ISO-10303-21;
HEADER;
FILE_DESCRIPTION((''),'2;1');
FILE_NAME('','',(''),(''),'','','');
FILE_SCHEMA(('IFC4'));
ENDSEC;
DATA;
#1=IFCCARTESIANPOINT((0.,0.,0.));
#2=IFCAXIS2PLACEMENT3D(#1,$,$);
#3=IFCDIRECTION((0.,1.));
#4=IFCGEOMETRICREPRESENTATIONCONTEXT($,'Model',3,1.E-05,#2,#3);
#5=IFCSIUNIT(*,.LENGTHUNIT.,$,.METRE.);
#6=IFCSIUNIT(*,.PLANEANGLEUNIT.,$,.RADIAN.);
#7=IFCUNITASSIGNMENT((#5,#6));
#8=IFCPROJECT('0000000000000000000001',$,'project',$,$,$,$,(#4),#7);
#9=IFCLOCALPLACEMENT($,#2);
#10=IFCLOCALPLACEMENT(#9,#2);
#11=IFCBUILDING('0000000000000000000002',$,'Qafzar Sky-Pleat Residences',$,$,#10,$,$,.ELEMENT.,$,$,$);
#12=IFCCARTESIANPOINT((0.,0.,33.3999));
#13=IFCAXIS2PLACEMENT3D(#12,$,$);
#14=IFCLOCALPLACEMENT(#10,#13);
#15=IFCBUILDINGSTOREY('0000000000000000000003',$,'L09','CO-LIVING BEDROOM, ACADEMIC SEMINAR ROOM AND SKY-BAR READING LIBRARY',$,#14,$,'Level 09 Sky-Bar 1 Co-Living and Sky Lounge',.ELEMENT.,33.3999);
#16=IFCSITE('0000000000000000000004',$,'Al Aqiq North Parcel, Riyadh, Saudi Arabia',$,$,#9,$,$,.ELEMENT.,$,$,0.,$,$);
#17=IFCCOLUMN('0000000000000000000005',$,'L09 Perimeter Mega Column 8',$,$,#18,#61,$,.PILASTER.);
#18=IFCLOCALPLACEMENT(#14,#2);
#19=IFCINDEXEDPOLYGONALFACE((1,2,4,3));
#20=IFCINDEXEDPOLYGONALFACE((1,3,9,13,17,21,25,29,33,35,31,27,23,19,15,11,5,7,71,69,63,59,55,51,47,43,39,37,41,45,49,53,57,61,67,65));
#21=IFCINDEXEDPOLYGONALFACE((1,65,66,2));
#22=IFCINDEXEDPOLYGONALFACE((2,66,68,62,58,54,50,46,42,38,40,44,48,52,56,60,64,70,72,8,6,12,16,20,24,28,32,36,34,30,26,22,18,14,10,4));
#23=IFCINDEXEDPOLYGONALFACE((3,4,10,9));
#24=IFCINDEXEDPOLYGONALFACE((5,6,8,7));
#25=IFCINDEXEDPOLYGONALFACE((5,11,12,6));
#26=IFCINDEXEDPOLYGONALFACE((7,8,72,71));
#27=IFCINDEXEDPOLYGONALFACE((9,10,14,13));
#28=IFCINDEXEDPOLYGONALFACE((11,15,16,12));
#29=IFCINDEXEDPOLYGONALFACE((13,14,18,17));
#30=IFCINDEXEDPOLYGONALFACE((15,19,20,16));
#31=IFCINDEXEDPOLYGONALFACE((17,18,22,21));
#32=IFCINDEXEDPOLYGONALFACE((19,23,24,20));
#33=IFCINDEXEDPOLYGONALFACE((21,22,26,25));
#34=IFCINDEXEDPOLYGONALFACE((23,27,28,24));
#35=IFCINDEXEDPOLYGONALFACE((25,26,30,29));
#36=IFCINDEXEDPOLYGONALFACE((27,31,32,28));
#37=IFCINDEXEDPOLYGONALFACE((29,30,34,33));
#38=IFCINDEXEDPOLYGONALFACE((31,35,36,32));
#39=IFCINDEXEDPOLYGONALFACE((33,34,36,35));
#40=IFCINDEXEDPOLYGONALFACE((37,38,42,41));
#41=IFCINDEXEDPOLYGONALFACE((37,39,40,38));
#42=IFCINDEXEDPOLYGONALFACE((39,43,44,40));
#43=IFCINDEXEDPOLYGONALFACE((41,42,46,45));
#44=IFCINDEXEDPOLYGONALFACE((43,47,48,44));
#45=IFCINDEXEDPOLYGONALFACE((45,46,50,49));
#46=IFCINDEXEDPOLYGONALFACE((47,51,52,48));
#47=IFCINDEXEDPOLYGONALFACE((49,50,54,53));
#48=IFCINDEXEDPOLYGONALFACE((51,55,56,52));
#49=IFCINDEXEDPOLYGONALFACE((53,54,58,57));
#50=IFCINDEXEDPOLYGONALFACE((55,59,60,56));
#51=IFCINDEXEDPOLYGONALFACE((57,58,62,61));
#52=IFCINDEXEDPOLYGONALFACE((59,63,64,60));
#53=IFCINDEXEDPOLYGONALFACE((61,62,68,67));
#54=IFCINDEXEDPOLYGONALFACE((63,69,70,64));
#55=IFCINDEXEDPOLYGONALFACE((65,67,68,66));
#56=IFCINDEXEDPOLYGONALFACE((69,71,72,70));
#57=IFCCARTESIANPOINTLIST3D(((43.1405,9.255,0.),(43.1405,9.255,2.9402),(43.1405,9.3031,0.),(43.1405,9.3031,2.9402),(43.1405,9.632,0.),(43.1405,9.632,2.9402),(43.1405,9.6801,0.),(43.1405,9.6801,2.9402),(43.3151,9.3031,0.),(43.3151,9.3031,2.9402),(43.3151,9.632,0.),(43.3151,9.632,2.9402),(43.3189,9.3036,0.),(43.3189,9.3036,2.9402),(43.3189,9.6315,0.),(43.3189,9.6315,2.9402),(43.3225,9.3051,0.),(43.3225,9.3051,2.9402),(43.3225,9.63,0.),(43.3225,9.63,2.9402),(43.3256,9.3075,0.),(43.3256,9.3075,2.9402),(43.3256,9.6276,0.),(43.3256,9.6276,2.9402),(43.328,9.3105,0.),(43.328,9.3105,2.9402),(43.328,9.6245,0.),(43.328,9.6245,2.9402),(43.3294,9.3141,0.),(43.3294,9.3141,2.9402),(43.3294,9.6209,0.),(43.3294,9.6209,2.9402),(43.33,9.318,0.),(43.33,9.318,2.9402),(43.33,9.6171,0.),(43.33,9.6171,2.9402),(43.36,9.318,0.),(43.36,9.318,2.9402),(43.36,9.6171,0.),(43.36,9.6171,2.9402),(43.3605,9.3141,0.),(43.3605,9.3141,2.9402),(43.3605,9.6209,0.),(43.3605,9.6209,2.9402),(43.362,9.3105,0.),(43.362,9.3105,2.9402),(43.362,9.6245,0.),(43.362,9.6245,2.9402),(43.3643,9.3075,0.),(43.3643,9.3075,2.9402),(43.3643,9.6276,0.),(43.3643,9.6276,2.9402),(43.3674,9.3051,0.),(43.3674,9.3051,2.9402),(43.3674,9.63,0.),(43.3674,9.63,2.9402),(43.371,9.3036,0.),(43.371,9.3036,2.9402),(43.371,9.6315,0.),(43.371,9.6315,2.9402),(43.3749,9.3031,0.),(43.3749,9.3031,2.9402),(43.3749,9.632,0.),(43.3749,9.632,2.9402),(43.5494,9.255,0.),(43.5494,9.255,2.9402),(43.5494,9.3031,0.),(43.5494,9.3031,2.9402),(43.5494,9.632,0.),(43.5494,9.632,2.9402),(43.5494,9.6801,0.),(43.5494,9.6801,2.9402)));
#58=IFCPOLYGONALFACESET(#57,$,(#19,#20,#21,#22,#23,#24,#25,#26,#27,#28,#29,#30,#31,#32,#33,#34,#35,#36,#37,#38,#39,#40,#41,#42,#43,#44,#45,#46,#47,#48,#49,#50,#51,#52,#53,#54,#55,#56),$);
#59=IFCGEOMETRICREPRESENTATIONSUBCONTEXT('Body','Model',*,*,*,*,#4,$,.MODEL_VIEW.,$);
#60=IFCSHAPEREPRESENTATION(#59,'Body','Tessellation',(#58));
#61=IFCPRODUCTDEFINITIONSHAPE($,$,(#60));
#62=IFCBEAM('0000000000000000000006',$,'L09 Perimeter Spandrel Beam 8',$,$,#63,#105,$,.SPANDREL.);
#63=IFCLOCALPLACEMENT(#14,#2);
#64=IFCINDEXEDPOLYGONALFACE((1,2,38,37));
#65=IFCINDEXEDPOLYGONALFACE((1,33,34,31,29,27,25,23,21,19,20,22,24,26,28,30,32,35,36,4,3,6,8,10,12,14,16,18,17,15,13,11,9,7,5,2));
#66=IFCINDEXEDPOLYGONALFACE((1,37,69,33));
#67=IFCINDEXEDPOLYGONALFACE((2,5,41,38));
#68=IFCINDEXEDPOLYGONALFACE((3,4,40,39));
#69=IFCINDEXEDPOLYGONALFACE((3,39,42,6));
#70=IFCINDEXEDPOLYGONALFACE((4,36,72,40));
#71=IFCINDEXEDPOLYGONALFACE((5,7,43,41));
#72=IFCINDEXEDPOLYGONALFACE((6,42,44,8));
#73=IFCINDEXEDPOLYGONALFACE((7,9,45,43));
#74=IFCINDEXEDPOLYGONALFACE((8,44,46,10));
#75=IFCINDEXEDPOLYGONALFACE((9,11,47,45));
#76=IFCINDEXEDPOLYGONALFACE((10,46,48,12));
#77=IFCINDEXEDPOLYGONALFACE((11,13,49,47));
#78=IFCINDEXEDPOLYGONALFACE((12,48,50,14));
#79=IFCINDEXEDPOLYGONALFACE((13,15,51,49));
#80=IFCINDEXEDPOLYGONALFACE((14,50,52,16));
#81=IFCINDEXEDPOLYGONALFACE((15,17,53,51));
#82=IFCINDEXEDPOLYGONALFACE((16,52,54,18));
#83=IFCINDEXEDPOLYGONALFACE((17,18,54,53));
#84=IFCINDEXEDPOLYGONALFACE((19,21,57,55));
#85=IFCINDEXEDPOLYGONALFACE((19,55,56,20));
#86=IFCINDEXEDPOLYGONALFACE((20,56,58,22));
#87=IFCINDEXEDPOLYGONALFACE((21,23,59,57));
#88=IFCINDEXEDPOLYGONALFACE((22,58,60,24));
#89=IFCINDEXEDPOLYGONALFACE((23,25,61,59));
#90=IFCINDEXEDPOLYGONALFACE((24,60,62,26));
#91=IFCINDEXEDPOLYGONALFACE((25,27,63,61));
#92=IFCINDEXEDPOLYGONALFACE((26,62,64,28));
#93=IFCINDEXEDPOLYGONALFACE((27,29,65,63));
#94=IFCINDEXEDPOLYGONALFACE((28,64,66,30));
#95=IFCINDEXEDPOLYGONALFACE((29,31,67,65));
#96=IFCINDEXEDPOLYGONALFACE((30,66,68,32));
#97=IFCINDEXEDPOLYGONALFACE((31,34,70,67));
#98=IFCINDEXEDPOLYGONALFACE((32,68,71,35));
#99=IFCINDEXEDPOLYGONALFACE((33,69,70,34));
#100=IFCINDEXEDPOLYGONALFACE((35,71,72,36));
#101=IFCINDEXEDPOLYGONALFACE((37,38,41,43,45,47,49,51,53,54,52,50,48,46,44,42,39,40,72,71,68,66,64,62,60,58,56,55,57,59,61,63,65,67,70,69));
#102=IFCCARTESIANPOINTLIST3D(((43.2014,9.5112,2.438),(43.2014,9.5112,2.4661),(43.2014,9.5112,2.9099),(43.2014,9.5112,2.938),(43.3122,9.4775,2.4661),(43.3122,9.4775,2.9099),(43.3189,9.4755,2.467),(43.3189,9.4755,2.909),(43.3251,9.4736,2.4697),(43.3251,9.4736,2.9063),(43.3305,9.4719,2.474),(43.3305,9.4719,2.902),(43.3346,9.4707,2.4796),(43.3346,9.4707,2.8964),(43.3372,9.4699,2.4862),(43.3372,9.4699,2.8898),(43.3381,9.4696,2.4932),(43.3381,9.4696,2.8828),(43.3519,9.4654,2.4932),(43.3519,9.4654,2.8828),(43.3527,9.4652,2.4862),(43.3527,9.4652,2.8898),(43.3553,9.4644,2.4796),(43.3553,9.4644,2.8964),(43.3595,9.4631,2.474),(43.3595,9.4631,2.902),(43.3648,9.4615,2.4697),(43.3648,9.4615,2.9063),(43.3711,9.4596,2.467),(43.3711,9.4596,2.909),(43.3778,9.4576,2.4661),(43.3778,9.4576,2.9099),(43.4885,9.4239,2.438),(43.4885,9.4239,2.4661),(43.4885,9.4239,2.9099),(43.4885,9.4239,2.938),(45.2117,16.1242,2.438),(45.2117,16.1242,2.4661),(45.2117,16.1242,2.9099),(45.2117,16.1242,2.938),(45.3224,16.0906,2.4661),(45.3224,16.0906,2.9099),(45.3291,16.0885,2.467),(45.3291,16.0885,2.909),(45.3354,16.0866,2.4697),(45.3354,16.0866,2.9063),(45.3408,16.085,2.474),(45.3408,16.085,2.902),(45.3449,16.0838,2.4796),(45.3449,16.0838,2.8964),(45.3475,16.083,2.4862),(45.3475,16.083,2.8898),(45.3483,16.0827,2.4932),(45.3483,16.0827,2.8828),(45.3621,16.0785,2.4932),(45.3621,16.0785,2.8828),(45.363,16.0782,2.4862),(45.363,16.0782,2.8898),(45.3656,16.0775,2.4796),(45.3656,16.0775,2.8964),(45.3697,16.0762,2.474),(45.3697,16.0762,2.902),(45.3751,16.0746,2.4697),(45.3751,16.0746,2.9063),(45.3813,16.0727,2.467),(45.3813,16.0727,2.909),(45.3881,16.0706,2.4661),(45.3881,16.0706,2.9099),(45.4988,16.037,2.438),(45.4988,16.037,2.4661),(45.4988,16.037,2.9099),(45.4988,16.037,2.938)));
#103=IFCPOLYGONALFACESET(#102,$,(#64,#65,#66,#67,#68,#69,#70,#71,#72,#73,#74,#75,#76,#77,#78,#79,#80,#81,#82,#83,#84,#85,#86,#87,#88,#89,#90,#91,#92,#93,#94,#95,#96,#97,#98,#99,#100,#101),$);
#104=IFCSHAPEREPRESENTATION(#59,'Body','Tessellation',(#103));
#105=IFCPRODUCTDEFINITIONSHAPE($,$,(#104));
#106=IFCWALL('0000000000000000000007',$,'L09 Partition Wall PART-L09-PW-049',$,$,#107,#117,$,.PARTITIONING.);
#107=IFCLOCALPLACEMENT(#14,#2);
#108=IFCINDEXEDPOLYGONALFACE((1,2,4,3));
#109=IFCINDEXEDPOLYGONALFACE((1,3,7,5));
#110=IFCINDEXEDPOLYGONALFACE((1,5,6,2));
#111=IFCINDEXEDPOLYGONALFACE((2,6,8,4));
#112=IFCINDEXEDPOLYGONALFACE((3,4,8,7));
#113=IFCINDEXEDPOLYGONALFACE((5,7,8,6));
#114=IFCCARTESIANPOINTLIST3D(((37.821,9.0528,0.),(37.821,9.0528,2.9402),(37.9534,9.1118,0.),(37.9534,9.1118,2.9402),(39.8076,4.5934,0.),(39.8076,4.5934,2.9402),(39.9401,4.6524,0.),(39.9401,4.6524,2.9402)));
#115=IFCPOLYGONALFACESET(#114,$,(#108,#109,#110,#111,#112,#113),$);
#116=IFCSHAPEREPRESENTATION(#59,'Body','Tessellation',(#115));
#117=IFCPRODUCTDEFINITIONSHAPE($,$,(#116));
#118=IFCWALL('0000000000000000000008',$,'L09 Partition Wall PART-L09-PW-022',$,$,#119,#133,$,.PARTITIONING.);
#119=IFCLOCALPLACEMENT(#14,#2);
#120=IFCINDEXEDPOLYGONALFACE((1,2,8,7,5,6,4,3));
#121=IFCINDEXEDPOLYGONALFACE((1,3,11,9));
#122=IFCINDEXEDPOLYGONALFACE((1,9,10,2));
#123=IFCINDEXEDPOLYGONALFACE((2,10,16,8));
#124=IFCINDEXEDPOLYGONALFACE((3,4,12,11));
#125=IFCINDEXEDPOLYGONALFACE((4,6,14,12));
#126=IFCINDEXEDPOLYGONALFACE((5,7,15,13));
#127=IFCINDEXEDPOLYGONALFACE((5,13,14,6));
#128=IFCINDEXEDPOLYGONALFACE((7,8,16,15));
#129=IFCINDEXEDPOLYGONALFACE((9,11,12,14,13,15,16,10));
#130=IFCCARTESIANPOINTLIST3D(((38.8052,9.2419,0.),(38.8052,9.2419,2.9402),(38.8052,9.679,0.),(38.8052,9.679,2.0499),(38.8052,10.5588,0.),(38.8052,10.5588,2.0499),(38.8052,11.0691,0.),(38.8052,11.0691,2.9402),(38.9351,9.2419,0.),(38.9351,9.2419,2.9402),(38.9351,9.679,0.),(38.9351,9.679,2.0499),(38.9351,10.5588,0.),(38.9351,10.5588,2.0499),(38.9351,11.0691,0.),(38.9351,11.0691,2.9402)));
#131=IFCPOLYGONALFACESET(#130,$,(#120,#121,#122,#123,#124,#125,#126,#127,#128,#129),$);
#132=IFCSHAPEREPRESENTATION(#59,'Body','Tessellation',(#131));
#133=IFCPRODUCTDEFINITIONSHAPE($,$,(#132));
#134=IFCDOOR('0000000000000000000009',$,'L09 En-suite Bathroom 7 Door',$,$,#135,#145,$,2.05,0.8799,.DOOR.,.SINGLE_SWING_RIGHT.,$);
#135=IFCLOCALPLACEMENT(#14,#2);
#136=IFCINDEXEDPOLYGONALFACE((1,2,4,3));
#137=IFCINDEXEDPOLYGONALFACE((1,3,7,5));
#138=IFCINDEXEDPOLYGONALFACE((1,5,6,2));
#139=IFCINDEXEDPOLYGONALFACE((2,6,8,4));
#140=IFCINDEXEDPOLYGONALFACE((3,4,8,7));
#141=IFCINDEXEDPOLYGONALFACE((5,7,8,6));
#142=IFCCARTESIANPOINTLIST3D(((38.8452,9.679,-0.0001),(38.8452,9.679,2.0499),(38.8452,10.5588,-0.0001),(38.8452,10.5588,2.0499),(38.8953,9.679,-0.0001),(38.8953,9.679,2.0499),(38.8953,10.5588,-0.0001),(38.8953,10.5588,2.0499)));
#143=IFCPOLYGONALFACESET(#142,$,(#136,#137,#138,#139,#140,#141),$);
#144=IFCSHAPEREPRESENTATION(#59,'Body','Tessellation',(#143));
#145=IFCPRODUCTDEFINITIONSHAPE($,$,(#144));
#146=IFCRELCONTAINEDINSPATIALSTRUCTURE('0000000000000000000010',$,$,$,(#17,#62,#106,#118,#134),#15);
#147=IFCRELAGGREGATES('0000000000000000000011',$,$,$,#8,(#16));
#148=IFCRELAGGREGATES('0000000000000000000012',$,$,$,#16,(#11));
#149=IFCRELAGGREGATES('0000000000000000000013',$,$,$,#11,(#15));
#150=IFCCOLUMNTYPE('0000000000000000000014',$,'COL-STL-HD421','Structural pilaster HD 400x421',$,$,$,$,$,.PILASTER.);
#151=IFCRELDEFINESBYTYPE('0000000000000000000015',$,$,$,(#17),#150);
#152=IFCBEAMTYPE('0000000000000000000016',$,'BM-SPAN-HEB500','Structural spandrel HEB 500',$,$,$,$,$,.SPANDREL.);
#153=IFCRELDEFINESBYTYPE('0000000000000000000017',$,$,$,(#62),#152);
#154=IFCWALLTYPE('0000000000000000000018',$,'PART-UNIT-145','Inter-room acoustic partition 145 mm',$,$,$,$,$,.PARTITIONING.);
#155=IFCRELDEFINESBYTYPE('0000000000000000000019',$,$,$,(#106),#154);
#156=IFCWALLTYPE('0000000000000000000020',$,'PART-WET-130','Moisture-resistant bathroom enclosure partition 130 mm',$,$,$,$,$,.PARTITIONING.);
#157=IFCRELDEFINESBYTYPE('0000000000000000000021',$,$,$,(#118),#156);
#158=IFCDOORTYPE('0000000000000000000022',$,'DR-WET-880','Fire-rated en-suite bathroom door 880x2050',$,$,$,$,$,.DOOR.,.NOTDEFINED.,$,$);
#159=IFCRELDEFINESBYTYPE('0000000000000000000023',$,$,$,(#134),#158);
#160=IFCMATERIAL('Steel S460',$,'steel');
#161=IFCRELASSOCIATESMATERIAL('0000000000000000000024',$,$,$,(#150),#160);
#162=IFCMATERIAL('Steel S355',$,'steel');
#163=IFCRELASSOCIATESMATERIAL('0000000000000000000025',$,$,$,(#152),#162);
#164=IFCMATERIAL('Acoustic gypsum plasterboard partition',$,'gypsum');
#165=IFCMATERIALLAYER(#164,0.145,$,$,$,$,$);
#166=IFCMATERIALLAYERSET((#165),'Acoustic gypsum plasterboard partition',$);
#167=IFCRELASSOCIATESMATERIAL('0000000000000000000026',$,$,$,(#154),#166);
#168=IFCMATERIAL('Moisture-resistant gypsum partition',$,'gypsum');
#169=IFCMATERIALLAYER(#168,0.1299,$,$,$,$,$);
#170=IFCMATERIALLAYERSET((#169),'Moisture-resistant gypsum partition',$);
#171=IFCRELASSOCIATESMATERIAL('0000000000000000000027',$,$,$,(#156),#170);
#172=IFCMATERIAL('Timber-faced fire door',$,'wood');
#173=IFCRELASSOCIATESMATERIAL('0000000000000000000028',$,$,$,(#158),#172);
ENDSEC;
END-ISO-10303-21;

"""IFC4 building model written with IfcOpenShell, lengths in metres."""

from ifc_helpers import new_model, si_unit, direction, frame, frame_2d, origin, origin_2d, place, context, subcontext, project, spatial, rectangle, i_section, extrude, source, transform, mapped, material, layer, layer_set, material_profile, profile_set, type_object, element, fill, save


model = new_model("IFC4")

# Units and contexts
model_context = context("Model", 3, precision=1e-05, world=origin(), true_north=direction((0.0, 1.0)))
body_context = subcontext(model_context, "Body", "Model", "MODEL_VIEW")
ifc_project = project(units=[si_unit("LENGTHUNIT", "METRE"), si_unit("PLANEANGLEUNIT", "RADIAN")], contexts=[model_context])

# Site, building, storey
site_placement = place(None, origin())
site = spatial("IfcSite", under=ifc_project, at=site_placement, Name="Al Aqiq North Parcel, Riyadh, Saudi Arabia", CompositionType="ELEMENT", RefElevation=0.0)
building_placement = place(site_placement, origin())
building = spatial("IfcBuilding", under=site, at=building_placement, Name="Qafzar Sky-Pleat Residences", CompositionType="ELEMENT")
storey_placement = place(building_placement, frame((0.0, 0.0, 33.3999)))
storey = spatial("IfcBuildingStorey", under=building, at=storey_placement, Name="L09", Description="CO-LIVING BEDROOM, ACADEMIC SEMINAR ROOM AND SKY-BAR READING LIBRARY", LongName="Level 09 Sky-Bar 1 Co-Living and Sky Lounge", CompositionType="ELEMENT", Elevation=33.3999)

# Column
ifc_material_1 = material(Name="Steel S460", Category="steel")
ifc_material_profile_1 = material_profile(ifc_material_1, i_section(OverallWidth=0.4089, OverallDepth=0.425, WebThickness=0.03, FlangeThickness=0.0481, FilletRadius=0.0149, at=origin_2d()), Name="HD 400x421")
ifc_profile_set_1 = profile_set([ifc_material_profile_1], Name="Steel S460")
column_type = type_object("IfcColumnType", Name="COL-STL-HD421", Description="Structural pilaster HD 400x421", PredefinedType="PILASTER", material=ifc_profile_set_1)
shared_shape_1 = source(origin(), body_context, "Body", "SweptSolid", [
    extrude(i_section(OverallWidth=0.4089, OverallDepth=0.425, WebThickness=0.03, FlangeThickness=0.0481, FilletRadius=0.0149, at=origin_2d()), origin(), (0.0, 0.0, 1.0), 2.9402),
])
column_placement = place(storey_placement, frame((43.345, 9.4675, 0.0), z_axis=(0.0, 0.0, 1.0), x_axis=(1.0, 0.0, 0.0)))
element("IfcColumn", 1, at=column_placement, inside=storey, type_object=column_type, Name="L09 Perimeter Mega Column 8", PredefinedType="PILASTER", context=body_context, shape_type="MappedRepresentation", body=[
    mapped(shared_shape_1, transform((0.0, 0.0, 0.0), x_axis=(1.0, 0.0, 0.0), y_axis=(0.0, 1.0, 0.0), z_axis=(0.0, 0.0, 1.0), scale=1.0)),
])

# Beam
ifc_material_2 = material(Name="Steel S355", Category="steel")
ifc_material_profile_2 = material_profile(ifc_material_2, i_section(OverallWidth=0.3, OverallDepth=0.5, WebThickness=0.0144, FlangeThickness=0.0281, FilletRadius=0.0271, at=origin_2d()), Name="HEB 500")
ifc_profile_set_2 = profile_set([ifc_material_profile_2], Name="Steel S355")
beam_type = type_object("IfcBeamType", Name="BM-SPAN-HEB500", Description="Structural spandrel HEB 500", PredefinedType="SPANDREL", material=ifc_profile_set_2)
shared_shape_2 = source(origin(), body_context, "Body", "SweptSolid", [
    extrude(i_section(OverallWidth=0.3, OverallDepth=0.5, WebThickness=0.0144, FlangeThickness=0.0281, FilletRadius=0.0271, at=origin_2d()), origin(), (0.0, 0.0, 1.0), 6.9119),
])
beam_placement = place(storey_placement, frame((43.345, 9.4675, 2.688), z_axis=(0.290843, 0.956771, 0.0), x_axis=(-0.956771, 0.290843, 0.0)))
element("IfcBeam", 2, at=beam_placement, inside=storey, type_object=beam_type, Name="L09 Perimeter Spandrel Beam 8", PredefinedType="SPANDREL", context=body_context, shape_type="MappedRepresentation", body=[
    mapped(shared_shape_2, transform((0.0, 0.0, 0.0), x_axis=(1.0, 0.0, 0.0), y_axis=(0.0, 1.0, 0.0), z_axis=(0.0, 0.0, 1.0), scale=1.0)),
])

# Wall
ifc_material_3 = material(Name="Acoustic gypsum plasterboard partition", Category="gypsum")
ifc_layer_1 = layer(ifc_material_3, 0.145)
ifc_layer_set_1 = layer_set([ifc_layer_1], Name="Acoustic gypsum plasterboard partition")
wall_type_1 = type_object("IfcWallType", Name="PART-UNIT-145", Description="Inter-room acoustic partition 145 mm", PredefinedType="PARTITIONING", material=ifc_layer_set_1)
wall_1_placement = place(storey_placement, frame((37.8872, 9.0823, 0.0), z_axis=(0.0, 0.0, 1.0), x_axis=(0.406941, -0.913454, 0.0)))
element("IfcWall", 3, at=wall_1_placement, inside=storey, type_object=wall_type_1, Name="L09 Partition Wall PART-L09-PW-049", PredefinedType="PARTITIONING", context=body_context, shape_type="SweptSolid", body=[
    extrude(rectangle(XDim=4.8818, YDim=0.145, at=frame_2d((2.4409, 0.0))), origin(), (0.0, 0.0, 1.0), 2.9402),
])

# Wall, opening, door
ifc_material_4 = material(Name="Moisture-resistant gypsum partition", Category="gypsum")
ifc_layer_2 = layer(ifc_material_4, 0.1299)
ifc_layer_set_2 = layer_set([ifc_layer_2], Name="Moisture-resistant gypsum partition")
wall_type_2 = type_object("IfcWallType", Name="PART-WET-130", Description="Moisture-resistant bathroom enclosure partition 130 mm", PredefinedType="PARTITIONING", material=ifc_layer_set_2)
wall_2_placement = place(storey_placement, frame((38.8701, 9.2419, 0.0), z_axis=(0.0, 0.0, 1.0), x_axis=(0.0, 1.0, 0.0)))
wall_2 = element("IfcWall", 4, at=wall_2_placement, inside=storey, type_object=wall_type_2, Name="L09 Partition Wall PART-L09-PW-022", PredefinedType="PARTITIONING", context=body_context, shape_type="SweptSolid", body=[
    extrude(rectangle(XDim=1.8271, YDim=0.1299, at=frame_2d((0.9136, 0.0))), origin(), (0.0, 0.0, 1.0), 2.9402),
])
opening_1_placement = place(wall_2_placement, frame((0.437, 0.0, 0.0)))
opening_1 = element("IfcOpeningElement", 5, at=opening_1_placement, cuts=wall_2, PredefinedType="OPENING", context=body_context, shape_type="SweptSolid", body=[
    extrude(rectangle(XDim=0.8799, YDim=2.05, at=frame_2d((0.4399, 1.0249))), frame((0.0, 0.075, 0.0), z_axis=(0.0, -1.0, 0.0), x_axis=(1.0, 0.0, 0.0)), (0.0, 0.0, 1.0), 0.1499),
])
ifc_material_5 = material(Name="Timber-faced fire door", Category="wood")
door_type = type_object("IfcDoorType", Name="DR-WET-880", Description="Fire-rated en-suite bathroom door 880x2050", OperationType="NOTDEFINED", PredefinedType="DOOR", material=ifc_material_5)
shared_shape_3 = source(origin(), body_context, "Body", "SweptSolid", [
    extrude(rectangle(XDim=0.8799, YDim=2.05, at=frame_2d((0.4399, 1.0249))), frame((0.0, 0.0249, 0.0), z_axis=(0.0, -1.0, 0.0), x_axis=(1.0, 0.0, 0.0)), (0.0, 0.0, 1.0), 0.05),
])
door_placement = place(opening_1_placement, origin())
door = element("IfcDoor", 6, at=door_placement, inside=storey, type_object=door_type, Name="L09 En-suite Bathroom 7 Door", OperationType="SINGLE_SWING_RIGHT", OverallHeight=2.05, OverallWidth=0.8799, PredefinedType="DOOR", context=body_context, shape_type="MappedRepresentation", body=[
    mapped(shared_shape_3, transform((0.0, 0.0, 0.0), x_axis=(1.0, 0.0, 0.0), y_axis=(0.0, 1.0, 0.0), z_axis=(0.0, 0.0, 1.0), scale=1.0)),
])
fill(opening_1, door)

save(model, "model.ifc")
